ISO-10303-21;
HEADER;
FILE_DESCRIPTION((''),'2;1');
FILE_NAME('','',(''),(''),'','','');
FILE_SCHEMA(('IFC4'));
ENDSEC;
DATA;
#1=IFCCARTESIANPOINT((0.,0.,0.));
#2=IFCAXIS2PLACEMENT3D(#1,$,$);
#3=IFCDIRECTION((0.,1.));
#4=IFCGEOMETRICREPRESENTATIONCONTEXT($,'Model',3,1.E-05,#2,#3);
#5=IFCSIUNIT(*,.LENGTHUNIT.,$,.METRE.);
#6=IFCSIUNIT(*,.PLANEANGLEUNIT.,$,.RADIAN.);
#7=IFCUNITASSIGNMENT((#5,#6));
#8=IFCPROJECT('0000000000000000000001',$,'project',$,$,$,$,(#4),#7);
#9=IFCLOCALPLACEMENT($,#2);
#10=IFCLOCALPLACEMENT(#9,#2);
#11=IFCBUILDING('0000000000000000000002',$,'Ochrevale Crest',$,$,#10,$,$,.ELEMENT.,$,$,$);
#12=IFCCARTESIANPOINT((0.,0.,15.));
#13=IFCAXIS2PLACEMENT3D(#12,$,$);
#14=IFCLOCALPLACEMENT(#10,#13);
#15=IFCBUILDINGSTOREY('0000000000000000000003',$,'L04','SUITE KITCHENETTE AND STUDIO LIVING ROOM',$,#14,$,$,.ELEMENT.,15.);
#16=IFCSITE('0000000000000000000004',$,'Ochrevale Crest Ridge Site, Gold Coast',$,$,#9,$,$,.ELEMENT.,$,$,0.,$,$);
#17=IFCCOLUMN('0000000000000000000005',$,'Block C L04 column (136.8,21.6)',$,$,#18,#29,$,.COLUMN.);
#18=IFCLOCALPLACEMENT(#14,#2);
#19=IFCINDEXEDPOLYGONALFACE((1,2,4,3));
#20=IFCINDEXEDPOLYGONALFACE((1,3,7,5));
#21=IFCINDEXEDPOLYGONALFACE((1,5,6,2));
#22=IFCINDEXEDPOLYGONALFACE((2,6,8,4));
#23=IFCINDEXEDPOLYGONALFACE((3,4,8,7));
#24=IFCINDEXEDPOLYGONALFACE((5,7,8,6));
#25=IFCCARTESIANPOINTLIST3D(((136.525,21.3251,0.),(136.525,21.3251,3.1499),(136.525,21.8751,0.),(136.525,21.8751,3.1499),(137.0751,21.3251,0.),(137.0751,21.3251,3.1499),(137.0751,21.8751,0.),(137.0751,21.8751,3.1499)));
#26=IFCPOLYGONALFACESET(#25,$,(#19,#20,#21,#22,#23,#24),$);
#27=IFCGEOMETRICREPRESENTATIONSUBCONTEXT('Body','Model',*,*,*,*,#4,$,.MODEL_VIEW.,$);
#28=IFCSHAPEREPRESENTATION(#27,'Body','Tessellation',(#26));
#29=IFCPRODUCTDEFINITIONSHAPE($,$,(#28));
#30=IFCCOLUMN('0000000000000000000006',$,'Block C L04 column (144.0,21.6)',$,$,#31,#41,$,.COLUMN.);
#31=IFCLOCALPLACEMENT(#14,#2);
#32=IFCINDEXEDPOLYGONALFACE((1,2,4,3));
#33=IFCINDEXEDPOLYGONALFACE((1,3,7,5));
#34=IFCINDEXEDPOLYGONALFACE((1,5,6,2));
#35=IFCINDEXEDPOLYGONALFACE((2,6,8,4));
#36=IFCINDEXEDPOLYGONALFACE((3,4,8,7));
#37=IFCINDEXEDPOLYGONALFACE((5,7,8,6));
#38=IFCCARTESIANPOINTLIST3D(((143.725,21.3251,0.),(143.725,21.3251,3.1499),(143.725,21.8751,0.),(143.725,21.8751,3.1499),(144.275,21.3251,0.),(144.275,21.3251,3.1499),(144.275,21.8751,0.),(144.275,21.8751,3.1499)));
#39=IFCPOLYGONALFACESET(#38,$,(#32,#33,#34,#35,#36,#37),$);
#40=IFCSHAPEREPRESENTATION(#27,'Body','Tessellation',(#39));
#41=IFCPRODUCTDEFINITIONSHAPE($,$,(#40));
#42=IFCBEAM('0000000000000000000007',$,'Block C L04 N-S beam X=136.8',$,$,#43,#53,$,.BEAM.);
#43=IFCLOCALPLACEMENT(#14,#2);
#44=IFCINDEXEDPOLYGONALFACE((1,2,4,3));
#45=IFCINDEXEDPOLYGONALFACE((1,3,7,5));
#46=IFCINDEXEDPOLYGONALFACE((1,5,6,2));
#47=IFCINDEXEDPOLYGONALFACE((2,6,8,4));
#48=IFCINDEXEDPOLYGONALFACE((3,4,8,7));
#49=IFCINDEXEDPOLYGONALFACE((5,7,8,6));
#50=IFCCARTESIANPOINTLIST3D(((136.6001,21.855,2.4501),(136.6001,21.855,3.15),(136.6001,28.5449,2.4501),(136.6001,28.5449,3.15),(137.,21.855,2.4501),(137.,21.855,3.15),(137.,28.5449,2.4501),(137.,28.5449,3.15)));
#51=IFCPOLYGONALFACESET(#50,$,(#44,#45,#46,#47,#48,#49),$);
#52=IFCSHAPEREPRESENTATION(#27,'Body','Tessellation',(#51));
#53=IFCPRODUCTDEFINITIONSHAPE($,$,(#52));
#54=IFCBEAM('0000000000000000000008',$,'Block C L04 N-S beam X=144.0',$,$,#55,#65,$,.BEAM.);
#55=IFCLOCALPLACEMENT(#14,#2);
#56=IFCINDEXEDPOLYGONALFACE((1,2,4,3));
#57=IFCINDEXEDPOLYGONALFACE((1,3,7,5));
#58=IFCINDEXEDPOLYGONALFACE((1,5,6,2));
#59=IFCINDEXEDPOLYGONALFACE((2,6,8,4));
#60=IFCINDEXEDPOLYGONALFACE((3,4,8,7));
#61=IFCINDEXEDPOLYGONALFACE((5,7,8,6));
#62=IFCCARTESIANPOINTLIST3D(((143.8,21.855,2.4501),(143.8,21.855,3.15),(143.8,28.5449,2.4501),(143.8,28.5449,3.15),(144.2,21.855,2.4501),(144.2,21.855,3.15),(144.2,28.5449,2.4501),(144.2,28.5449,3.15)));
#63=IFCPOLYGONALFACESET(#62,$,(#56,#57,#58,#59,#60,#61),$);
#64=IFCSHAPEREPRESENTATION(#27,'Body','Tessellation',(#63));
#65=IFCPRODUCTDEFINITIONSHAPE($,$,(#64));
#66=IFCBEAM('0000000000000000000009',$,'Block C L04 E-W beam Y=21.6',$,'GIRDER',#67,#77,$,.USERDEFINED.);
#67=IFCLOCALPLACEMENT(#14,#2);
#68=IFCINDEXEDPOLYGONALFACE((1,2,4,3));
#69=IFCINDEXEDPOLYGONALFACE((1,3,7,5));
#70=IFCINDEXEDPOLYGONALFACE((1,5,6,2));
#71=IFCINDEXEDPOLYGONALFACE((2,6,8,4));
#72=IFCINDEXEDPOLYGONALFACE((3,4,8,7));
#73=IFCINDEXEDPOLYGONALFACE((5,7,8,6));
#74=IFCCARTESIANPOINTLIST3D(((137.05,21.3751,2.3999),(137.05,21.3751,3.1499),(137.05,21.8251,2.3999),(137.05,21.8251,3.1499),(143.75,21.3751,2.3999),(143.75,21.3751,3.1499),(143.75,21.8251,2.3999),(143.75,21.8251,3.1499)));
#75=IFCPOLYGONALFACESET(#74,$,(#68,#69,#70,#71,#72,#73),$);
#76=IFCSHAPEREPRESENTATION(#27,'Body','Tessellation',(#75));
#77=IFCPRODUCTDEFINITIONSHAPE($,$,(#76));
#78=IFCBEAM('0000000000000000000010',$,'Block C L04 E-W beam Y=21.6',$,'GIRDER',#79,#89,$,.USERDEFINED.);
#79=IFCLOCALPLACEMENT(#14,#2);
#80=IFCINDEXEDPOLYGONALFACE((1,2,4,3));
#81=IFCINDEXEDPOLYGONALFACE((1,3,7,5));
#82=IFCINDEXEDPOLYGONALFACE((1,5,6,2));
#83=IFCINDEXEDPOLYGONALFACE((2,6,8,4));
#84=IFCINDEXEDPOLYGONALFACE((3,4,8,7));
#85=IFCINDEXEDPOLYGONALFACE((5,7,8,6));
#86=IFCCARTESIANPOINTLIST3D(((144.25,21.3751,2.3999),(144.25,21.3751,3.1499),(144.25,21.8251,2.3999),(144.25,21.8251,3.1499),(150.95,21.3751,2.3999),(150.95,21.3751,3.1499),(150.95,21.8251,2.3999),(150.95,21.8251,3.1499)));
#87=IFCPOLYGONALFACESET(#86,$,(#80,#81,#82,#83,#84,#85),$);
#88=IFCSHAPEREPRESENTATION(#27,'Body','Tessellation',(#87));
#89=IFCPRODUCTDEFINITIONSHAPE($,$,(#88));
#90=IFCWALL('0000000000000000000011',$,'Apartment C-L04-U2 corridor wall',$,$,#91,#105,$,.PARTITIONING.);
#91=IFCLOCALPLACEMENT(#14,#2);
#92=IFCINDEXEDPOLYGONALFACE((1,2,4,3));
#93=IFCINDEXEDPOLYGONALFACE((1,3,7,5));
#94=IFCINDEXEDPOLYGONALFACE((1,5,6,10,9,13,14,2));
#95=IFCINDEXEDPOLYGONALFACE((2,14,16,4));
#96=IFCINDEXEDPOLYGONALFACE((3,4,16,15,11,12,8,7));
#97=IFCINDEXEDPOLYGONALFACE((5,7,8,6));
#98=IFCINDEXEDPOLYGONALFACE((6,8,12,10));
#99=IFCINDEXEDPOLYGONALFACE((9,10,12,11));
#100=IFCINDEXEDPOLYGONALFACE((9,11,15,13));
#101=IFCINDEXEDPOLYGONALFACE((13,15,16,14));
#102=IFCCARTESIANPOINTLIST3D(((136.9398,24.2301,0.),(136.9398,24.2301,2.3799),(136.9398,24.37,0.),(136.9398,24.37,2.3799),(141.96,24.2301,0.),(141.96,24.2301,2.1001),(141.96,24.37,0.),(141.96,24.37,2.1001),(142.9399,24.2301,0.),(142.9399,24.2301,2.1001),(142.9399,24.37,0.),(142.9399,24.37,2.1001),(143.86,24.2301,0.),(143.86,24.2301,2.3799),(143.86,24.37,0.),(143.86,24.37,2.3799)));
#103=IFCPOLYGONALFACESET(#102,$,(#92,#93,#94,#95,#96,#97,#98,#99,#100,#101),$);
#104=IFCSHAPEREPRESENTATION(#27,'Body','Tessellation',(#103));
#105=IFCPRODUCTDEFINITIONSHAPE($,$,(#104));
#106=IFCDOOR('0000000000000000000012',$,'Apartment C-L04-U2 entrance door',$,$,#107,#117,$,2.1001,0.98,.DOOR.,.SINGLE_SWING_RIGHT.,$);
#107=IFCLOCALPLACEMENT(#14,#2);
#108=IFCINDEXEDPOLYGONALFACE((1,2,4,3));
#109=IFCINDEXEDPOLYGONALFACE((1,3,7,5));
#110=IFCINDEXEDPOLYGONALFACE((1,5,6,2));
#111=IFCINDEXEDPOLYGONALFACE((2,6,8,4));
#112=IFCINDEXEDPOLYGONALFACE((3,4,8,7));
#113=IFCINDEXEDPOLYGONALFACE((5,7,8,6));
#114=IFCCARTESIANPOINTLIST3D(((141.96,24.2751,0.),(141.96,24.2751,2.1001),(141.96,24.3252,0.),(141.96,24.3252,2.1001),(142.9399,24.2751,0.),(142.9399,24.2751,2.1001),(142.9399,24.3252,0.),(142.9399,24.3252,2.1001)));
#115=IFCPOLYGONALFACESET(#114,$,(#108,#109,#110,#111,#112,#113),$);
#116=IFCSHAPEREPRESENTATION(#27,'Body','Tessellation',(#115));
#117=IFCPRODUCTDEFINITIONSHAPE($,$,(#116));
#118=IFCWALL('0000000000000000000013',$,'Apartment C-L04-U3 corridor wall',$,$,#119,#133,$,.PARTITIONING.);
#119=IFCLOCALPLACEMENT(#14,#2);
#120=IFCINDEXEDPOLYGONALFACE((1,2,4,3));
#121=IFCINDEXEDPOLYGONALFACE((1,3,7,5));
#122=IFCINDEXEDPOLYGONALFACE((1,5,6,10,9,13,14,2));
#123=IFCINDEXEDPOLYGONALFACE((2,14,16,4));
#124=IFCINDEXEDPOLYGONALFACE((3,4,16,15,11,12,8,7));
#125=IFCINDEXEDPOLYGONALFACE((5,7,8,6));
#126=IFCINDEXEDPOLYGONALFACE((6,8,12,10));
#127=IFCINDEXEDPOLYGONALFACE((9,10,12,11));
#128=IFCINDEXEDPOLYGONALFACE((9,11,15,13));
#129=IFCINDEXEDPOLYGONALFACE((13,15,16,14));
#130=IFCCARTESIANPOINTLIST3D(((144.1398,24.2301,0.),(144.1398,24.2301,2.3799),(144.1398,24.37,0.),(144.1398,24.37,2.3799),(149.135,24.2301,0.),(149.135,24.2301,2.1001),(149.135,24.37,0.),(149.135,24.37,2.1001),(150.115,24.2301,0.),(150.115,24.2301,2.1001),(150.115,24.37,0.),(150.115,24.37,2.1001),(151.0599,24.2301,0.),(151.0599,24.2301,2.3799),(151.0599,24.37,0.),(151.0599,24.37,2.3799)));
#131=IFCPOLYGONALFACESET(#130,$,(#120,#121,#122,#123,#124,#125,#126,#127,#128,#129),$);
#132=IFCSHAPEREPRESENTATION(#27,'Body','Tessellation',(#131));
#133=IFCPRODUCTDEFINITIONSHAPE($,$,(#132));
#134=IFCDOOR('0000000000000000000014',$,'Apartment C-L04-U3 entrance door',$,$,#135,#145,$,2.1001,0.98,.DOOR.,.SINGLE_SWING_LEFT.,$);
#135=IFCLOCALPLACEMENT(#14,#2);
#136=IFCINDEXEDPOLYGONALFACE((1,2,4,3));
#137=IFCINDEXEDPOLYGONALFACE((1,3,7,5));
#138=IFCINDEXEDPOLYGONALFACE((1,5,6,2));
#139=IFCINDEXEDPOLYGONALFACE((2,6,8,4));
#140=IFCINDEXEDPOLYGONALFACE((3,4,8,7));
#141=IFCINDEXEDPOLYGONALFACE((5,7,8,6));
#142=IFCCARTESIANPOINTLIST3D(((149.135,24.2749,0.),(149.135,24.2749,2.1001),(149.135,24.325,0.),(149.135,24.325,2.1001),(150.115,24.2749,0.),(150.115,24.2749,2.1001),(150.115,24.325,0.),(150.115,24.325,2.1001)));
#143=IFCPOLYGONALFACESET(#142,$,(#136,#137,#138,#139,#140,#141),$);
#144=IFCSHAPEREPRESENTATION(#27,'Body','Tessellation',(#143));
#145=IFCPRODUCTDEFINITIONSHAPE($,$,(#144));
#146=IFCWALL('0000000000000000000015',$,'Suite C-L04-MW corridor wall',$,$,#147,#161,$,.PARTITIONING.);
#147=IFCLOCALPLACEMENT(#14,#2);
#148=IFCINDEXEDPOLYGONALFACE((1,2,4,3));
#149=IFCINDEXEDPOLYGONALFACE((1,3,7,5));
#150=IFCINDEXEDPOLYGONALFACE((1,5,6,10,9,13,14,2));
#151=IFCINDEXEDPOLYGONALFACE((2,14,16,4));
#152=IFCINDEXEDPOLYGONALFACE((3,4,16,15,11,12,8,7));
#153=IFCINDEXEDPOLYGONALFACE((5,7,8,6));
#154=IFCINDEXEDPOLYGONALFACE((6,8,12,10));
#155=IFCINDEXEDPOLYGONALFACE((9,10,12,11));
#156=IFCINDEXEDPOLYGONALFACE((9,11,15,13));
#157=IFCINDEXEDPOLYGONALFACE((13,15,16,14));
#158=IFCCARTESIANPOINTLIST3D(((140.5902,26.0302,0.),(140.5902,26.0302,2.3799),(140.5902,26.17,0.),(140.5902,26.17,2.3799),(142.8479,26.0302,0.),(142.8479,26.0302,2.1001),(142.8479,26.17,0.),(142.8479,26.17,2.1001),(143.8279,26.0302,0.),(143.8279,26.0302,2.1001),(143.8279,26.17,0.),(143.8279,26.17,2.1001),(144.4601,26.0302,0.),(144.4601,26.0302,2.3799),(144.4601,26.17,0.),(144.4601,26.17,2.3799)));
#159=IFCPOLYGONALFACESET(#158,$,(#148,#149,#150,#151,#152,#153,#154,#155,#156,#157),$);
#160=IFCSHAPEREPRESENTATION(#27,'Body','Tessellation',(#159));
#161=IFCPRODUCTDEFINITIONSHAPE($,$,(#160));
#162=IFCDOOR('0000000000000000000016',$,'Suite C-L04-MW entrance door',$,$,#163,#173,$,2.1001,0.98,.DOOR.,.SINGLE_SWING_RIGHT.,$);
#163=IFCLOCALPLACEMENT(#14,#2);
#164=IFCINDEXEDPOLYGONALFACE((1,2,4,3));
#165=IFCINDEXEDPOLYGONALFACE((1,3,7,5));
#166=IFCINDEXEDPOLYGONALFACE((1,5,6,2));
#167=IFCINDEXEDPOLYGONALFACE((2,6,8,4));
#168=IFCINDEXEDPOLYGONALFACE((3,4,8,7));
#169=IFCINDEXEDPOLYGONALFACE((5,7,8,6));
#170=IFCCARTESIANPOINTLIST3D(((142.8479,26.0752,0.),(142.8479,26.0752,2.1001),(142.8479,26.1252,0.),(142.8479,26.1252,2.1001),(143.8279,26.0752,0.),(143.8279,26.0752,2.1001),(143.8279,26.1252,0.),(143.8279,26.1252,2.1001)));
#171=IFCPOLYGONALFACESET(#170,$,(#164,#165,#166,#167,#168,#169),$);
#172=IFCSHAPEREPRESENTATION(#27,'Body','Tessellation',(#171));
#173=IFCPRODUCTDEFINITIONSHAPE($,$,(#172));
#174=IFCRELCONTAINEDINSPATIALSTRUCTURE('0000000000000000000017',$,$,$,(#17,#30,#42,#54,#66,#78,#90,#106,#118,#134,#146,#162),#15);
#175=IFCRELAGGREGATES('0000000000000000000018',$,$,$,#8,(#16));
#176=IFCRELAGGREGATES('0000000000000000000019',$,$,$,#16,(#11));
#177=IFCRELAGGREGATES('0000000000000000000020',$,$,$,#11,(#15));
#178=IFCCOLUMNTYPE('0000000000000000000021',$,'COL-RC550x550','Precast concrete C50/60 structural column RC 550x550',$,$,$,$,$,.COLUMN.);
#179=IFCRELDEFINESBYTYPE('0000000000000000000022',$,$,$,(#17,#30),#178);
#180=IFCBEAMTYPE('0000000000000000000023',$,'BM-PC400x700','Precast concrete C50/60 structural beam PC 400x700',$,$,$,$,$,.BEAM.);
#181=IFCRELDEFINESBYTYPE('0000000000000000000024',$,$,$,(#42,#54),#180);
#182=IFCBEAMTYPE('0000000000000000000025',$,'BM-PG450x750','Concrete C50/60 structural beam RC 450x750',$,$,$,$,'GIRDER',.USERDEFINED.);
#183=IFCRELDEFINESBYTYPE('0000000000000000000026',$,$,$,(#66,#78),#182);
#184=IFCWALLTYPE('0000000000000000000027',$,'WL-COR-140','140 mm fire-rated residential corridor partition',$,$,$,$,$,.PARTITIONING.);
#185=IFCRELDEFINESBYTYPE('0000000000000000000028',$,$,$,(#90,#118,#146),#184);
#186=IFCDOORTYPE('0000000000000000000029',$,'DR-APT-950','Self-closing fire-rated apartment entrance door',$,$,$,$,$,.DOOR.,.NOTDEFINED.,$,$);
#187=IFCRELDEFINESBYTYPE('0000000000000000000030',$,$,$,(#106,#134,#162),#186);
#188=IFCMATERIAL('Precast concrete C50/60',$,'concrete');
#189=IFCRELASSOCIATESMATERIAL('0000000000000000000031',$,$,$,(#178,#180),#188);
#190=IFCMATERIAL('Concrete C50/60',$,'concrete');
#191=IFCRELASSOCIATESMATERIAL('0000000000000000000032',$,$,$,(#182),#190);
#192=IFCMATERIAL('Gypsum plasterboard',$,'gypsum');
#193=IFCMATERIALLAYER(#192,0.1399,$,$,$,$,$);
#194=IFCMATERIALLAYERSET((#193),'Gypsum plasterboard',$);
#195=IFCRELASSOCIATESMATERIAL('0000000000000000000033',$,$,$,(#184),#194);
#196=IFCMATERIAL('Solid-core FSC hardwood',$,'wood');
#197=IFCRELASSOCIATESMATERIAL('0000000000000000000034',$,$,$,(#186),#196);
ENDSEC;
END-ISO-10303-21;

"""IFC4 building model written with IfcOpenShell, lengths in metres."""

from ifc_helpers import new_model, si_unit, direction, frame, frame_2d, origin, origin_2d, place, context, subcontext, project, spatial, rectangle, extrude, material, layer, layer_set, material_profile, profile_set, type_object, element, fill, save


model = new_model("IFC4")

# Units and contexts
model_context = context("Model", 3, precision=1e-05, world=origin(), true_north=direction((0.0, 1.0)))
body_context = subcontext(model_context, "Body", "Model", "MODEL_VIEW")
ifc_project = project(units=[si_unit("LENGTHUNIT", "METRE"), si_unit("PLANEANGLEUNIT", "RADIAN")], contexts=[model_context])

# Site, building, storey
site_placement = place(None, origin())
site = spatial("IfcSite", under=ifc_project, at=site_placement, Name="Ochrevale Crest Ridge Site, Gold Coast", CompositionType="ELEMENT", RefElevation=0.0)
building_placement = place(site_placement, origin())
building = spatial("IfcBuilding", under=site, at=building_placement, Name="Ochrevale Crest", CompositionType="ELEMENT")
storey_placement = place(building_placement, frame((0.0, 0.0, 15.0)))
storey = spatial("IfcBuildingStorey", under=building, at=storey_placement, Name="L04", Description="SUITE KITCHENETTE AND STUDIO LIVING ROOM", CompositionType="ELEMENT", Elevation=15.0)

# Columns
ifc_material_1 = material(Name="Precast concrete C50/60", Category="concrete")
ifc_material_profile_1 = material_profile(ifc_material_1, rectangle(XDim=0.55, YDim=0.55, at=origin_2d()), Name="RC 550x550")
ifc_profile_set_1 = profile_set([ifc_material_profile_1], Name="Precast concrete C50/60")
column_type = type_object("IfcColumnType", Name="COL-RC550x550", Description="Precast concrete C50/60 structural column RC 550x550", PredefinedType="COLUMN", material=ifc_profile_set_1)
for number, where, z_axis, x_axis, name in (
    (1, (136.8, 21.6001, 0.0), (0.0, 0.0, 1.0), (1.0, 0.0, 0.0), "Block C L04 column (136.8,21.6)"),
    (2, (144.0, 21.6001, 0.0), (0.0, 0.0, 1.0), (1.0, 0.0, 0.0), "Block C L04 column (144.0,21.6)"),
):
    element("IfcColumn", number, at=place(storey_placement, frame(where, z_axis=z_axis, x_axis=x_axis)), inside=storey, type_object=column_type, Name=name, PredefinedType="COLUMN", context=body_context, shape_type="SweptSolid", body=[
        extrude(rectangle(XDim=0.55, YDim=0.55, at=origin_2d()), origin(), (0.0, 0.0, 1.0), 3.1499),
    ])

# Beams
ifc_material_profile_2 = material_profile(ifc_material_1, rectangle(XDim=0.3999, YDim=0.7, at=origin_2d()), Name="PC 400x700")
ifc_profile_set_2 = profile_set([ifc_material_profile_2], Name="Precast concrete C50/60")
beam_type_1 = type_object("IfcBeamType", Name="BM-PC400x700", Description="Precast concrete C50/60 structural beam PC 400x700", PredefinedType="BEAM", material=ifc_profile_set_2)
for number, where, z_axis, x_axis, name in (
    (3, (136.8, 21.855, 2.8), (0.0, 1.0, 0.0), (-1.0, 0.0, 0.0), "Block C L04 N-S beam X=136.8"),
    (4, (144.0, 21.855, 2.8), (0.0, 1.0, 0.0), (-1.0, 0.0, 0.0), "Block C L04 N-S beam X=144.0"),
):
    element("IfcBeam", number, at=place(storey_placement, frame(where, z_axis=z_axis, x_axis=x_axis)), inside=storey, type_object=beam_type_1, Name=name, PredefinedType="BEAM", context=body_context, shape_type="SweptSolid", body=[
        extrude(rectangle(XDim=0.3999, YDim=0.7, at=origin_2d()), origin(), (0.0, 0.0, 1.0), 6.6899),
    ])
ifc_material_2 = material(Name="Concrete C50/60", Category="concrete")
ifc_material_profile_3 = material_profile(ifc_material_2, rectangle(XDim=0.45, YDim=0.75, at=origin_2d()), Name="RC 450x750")
ifc_profile_set_3 = profile_set([ifc_material_profile_3], Name="Concrete C50/60")
beam_type_2 = type_object("IfcBeamType", Name="BM-PG450x750", Description="Concrete C50/60 structural beam RC 450x750", ElementType="GIRDER", PredefinedType="USERDEFINED", material=ifc_profile_set_3)
for number, where, z_axis, x_axis, name in (
    (5, (137.05, 21.6001, 2.7749), (1.0, 0.0, 0.0), (0.0, 1.0, 0.0), "Block C L04 E-W beam Y=21.6"),
    (6, (144.25, 21.6001, 2.7749), (1.0, 0.0, 0.0), (0.0, 1.0, 0.0), "Block C L04 E-W beam Y=21.6"),
):
    element("IfcBeam", number, at=place(storey_placement, frame(where, z_axis=z_axis, x_axis=x_axis)), inside=storey, type_object=beam_type_2, Name=name, ObjectType="GIRDER", PredefinedType="USERDEFINED", context=body_context, shape_type="SweptSolid", body=[
        extrude(rectangle(XDim=0.45, YDim=0.75, at=origin_2d()), origin(), (0.0, 0.0, 1.0), 6.7),
    ])

# Walls, openings, doors
ifc_material_3 = material(Name="Gypsum plasterboard", Category="gypsum")
ifc_layer_1 = layer(ifc_material_3, 0.1399)
ifc_layer_set_1 = layer_set([ifc_layer_1], Name="Gypsum plasterboard")
wall_type_1 = type_object("IfcWallType", Name="WL-COR-140", Description="140 mm fire-rated residential corridor partition", PredefinedType="PARTITIONING", material=ifc_layer_set_1)
wall_1_placement = place(storey_placement, frame((136.9399, 24.3, 0.0), z_axis=(0.0, 0.0, 1.0), x_axis=(1.0, 0.0, 0.0)))
wall_1 = element("IfcWall", 7, at=wall_1_placement, inside=storey, type_object=wall_type_1, Name="Apartment C-L04-U2 corridor wall", PredefinedType="PARTITIONING", context=body_context, shape_type="SweptSolid", body=[
    extrude(rectangle(XDim=6.9202, YDim=0.1399, at=frame_2d((3.46, 0.0))), origin(), (0.0, 0.0, 1.0), 2.3799),
])
opening_1_placement = place(wall_1_placement, frame((6.0, 0.0, 0.0), z_axis=(0.0, 0.0, 1.0), x_axis=(-1.0, 0.0, 0.0)))
opening_1 = element("IfcOpeningElement", 8, at=opening_1_placement, cuts=wall_1, PredefinedType="OPENING", context=body_context, shape_type="SweptSolid", body=[
    extrude(rectangle(XDim=0.98, YDim=2.1001, at=frame_2d((0.49, 1.05))), frame((0.0, 0.0801, 0.0), z_axis=(0.0, -1.0, 0.0), x_axis=(1.0, 0.0, 0.0)), (0.0, 0.0, 1.0), 0.1599),
])
ifc_material_4 = material(Name="Solid-core FSC hardwood", Category="wood")
door_type = type_object("IfcDoorType", Name="DR-APT-950", Description="Self-closing fire-rated apartment entrance door", OperationType="NOTDEFINED", PredefinedType="DOOR", material=ifc_material_4)
door_1_placement = place(opening_1_placement, origin())
door_1 = element("IfcDoor", 9, at=door_1_placement, inside=storey, type_object=door_type, Name="Apartment C-L04-U2 entrance door", OperationType="SINGLE_SWING_RIGHT", OverallHeight=2.1001, OverallWidth=0.98, PredefinedType="DOOR", context=body_context, shape_type="SweptSolid", body=[
    extrude(rectangle(XDim=0.98, YDim=2.1001, at=frame_2d((0.49, 1.05))), frame((0.0, 0.0249, 0.0), z_axis=(0.0, -1.0, 0.0), x_axis=(1.0, 0.0, 0.0)), (0.0, 0.0, 1.0), 0.05),
])
fill(opening_1, door_1)
wall_2_placement = place(storey_placement, frame((144.1399, 24.3, 0.0), z_axis=(0.0, 0.0, 1.0), x_axis=(1.0, 0.0, 0.0)))
wall_2 = element("IfcWall", 10, at=wall_2_placement, inside=storey, type_object=wall_type_1, Name="Apartment C-L04-U3 corridor wall", PredefinedType="PARTITIONING", context=body_context, shape_type="SweptSolid", body=[
    extrude(rectangle(XDim=6.9202, YDim=0.1399, at=frame_2d((3.46, 0.0))), origin(), (0.0, 0.0, 1.0), 2.3799),
])
opening_2_placement = place(wall_2_placement, frame((4.9951, 0.0, 0.0)))
opening_2 = element("IfcOpeningElement", 11, at=opening_2_placement, cuts=wall_2, PredefinedType="OPENING", context=body_context, shape_type="SweptSolid", body=[
    extrude(rectangle(XDim=0.98, YDim=2.1001, at=frame_2d((0.49, 1.05))), frame((0.0, 0.0801, 0.0), z_axis=(0.0, -1.0, 0.0), x_axis=(1.0, 0.0, 0.0)), (0.0, 0.0, 1.0), 0.1599),
])
door_2_placement = place(opening_2_placement, origin())
door_2 = element("IfcDoor", 12, at=door_2_placement, inside=storey, type_object=door_type, Name="Apartment C-L04-U3 entrance door", OperationType="SINGLE_SWING_LEFT", OverallHeight=2.1001, OverallWidth=0.98, PredefinedType="DOOR", context=body_context, shape_type="SweptSolid", body=[
    extrude(rectangle(XDim=0.98, YDim=2.1001, at=frame_2d((0.49, 1.05))), frame((0.0, 0.0249, 0.0), z_axis=(0.0, -1.0, 0.0), x_axis=(1.0, 0.0, 0.0)), (0.0, 0.0, 1.0), 0.05),
])
fill(opening_2, door_2)
wall_3_placement = place(storey_placement, frame((140.5901, 26.1001, 0.0), z_axis=(0.0, 0.0, 1.0), x_axis=(1.0, 0.0, 0.0)))
wall_3 = element("IfcWall", 13, at=wall_3_placement, inside=storey, type_object=wall_type_1, Name="Suite C-L04-MW corridor wall", PredefinedType="PARTITIONING", context=body_context, shape_type="SweptSolid", body=[
    extrude(rectangle(XDim=3.8699, YDim=0.1399, at=frame_2d((1.9351, 0.0))), origin(), (0.0, 0.0, 1.0), 2.3799),
])
opening_3_placement = place(wall_3_placement, frame((3.2378, 0.0, 0.0), z_axis=(0.0, 0.0, 1.0), x_axis=(-1.0, 0.0, 0.0)))
opening_3 = element("IfcOpeningElement", 14, at=opening_3_placement, cuts=wall_3, PredefinedType="OPENING", context=body_context, shape_type="SweptSolid", body=[
    extrude(rectangle(XDim=0.98, YDim=2.1001, at=frame_2d((0.49, 1.05))), frame((0.0, 0.0801, 0.0), z_axis=(0.0, -1.0, 0.0), x_axis=(1.0, 0.0, 0.0)), (0.0, 0.0, 1.0), 0.1599),
])
door_3_placement = place(opening_3_placement, origin())
door_3 = element("IfcDoor", 15, at=door_3_placement, inside=storey, type_object=door_type, Name="Suite C-L04-MW entrance door", OperationType="SINGLE_SWING_RIGHT", OverallHeight=2.1001, OverallWidth=0.98, PredefinedType="DOOR", context=body_context, shape_type="SweptSolid", body=[
    extrude(rectangle(XDim=0.98, YDim=2.1001, at=frame_2d((0.49, 1.05))), frame((0.0, 0.0249, 0.0), z_axis=(0.0, -1.0, 0.0), x_axis=(1.0, 0.0, 0.0)), (0.0, 0.0, 1.0), 0.05),
])
fill(opening_3, door_3)

save(model, "model.ifc")
